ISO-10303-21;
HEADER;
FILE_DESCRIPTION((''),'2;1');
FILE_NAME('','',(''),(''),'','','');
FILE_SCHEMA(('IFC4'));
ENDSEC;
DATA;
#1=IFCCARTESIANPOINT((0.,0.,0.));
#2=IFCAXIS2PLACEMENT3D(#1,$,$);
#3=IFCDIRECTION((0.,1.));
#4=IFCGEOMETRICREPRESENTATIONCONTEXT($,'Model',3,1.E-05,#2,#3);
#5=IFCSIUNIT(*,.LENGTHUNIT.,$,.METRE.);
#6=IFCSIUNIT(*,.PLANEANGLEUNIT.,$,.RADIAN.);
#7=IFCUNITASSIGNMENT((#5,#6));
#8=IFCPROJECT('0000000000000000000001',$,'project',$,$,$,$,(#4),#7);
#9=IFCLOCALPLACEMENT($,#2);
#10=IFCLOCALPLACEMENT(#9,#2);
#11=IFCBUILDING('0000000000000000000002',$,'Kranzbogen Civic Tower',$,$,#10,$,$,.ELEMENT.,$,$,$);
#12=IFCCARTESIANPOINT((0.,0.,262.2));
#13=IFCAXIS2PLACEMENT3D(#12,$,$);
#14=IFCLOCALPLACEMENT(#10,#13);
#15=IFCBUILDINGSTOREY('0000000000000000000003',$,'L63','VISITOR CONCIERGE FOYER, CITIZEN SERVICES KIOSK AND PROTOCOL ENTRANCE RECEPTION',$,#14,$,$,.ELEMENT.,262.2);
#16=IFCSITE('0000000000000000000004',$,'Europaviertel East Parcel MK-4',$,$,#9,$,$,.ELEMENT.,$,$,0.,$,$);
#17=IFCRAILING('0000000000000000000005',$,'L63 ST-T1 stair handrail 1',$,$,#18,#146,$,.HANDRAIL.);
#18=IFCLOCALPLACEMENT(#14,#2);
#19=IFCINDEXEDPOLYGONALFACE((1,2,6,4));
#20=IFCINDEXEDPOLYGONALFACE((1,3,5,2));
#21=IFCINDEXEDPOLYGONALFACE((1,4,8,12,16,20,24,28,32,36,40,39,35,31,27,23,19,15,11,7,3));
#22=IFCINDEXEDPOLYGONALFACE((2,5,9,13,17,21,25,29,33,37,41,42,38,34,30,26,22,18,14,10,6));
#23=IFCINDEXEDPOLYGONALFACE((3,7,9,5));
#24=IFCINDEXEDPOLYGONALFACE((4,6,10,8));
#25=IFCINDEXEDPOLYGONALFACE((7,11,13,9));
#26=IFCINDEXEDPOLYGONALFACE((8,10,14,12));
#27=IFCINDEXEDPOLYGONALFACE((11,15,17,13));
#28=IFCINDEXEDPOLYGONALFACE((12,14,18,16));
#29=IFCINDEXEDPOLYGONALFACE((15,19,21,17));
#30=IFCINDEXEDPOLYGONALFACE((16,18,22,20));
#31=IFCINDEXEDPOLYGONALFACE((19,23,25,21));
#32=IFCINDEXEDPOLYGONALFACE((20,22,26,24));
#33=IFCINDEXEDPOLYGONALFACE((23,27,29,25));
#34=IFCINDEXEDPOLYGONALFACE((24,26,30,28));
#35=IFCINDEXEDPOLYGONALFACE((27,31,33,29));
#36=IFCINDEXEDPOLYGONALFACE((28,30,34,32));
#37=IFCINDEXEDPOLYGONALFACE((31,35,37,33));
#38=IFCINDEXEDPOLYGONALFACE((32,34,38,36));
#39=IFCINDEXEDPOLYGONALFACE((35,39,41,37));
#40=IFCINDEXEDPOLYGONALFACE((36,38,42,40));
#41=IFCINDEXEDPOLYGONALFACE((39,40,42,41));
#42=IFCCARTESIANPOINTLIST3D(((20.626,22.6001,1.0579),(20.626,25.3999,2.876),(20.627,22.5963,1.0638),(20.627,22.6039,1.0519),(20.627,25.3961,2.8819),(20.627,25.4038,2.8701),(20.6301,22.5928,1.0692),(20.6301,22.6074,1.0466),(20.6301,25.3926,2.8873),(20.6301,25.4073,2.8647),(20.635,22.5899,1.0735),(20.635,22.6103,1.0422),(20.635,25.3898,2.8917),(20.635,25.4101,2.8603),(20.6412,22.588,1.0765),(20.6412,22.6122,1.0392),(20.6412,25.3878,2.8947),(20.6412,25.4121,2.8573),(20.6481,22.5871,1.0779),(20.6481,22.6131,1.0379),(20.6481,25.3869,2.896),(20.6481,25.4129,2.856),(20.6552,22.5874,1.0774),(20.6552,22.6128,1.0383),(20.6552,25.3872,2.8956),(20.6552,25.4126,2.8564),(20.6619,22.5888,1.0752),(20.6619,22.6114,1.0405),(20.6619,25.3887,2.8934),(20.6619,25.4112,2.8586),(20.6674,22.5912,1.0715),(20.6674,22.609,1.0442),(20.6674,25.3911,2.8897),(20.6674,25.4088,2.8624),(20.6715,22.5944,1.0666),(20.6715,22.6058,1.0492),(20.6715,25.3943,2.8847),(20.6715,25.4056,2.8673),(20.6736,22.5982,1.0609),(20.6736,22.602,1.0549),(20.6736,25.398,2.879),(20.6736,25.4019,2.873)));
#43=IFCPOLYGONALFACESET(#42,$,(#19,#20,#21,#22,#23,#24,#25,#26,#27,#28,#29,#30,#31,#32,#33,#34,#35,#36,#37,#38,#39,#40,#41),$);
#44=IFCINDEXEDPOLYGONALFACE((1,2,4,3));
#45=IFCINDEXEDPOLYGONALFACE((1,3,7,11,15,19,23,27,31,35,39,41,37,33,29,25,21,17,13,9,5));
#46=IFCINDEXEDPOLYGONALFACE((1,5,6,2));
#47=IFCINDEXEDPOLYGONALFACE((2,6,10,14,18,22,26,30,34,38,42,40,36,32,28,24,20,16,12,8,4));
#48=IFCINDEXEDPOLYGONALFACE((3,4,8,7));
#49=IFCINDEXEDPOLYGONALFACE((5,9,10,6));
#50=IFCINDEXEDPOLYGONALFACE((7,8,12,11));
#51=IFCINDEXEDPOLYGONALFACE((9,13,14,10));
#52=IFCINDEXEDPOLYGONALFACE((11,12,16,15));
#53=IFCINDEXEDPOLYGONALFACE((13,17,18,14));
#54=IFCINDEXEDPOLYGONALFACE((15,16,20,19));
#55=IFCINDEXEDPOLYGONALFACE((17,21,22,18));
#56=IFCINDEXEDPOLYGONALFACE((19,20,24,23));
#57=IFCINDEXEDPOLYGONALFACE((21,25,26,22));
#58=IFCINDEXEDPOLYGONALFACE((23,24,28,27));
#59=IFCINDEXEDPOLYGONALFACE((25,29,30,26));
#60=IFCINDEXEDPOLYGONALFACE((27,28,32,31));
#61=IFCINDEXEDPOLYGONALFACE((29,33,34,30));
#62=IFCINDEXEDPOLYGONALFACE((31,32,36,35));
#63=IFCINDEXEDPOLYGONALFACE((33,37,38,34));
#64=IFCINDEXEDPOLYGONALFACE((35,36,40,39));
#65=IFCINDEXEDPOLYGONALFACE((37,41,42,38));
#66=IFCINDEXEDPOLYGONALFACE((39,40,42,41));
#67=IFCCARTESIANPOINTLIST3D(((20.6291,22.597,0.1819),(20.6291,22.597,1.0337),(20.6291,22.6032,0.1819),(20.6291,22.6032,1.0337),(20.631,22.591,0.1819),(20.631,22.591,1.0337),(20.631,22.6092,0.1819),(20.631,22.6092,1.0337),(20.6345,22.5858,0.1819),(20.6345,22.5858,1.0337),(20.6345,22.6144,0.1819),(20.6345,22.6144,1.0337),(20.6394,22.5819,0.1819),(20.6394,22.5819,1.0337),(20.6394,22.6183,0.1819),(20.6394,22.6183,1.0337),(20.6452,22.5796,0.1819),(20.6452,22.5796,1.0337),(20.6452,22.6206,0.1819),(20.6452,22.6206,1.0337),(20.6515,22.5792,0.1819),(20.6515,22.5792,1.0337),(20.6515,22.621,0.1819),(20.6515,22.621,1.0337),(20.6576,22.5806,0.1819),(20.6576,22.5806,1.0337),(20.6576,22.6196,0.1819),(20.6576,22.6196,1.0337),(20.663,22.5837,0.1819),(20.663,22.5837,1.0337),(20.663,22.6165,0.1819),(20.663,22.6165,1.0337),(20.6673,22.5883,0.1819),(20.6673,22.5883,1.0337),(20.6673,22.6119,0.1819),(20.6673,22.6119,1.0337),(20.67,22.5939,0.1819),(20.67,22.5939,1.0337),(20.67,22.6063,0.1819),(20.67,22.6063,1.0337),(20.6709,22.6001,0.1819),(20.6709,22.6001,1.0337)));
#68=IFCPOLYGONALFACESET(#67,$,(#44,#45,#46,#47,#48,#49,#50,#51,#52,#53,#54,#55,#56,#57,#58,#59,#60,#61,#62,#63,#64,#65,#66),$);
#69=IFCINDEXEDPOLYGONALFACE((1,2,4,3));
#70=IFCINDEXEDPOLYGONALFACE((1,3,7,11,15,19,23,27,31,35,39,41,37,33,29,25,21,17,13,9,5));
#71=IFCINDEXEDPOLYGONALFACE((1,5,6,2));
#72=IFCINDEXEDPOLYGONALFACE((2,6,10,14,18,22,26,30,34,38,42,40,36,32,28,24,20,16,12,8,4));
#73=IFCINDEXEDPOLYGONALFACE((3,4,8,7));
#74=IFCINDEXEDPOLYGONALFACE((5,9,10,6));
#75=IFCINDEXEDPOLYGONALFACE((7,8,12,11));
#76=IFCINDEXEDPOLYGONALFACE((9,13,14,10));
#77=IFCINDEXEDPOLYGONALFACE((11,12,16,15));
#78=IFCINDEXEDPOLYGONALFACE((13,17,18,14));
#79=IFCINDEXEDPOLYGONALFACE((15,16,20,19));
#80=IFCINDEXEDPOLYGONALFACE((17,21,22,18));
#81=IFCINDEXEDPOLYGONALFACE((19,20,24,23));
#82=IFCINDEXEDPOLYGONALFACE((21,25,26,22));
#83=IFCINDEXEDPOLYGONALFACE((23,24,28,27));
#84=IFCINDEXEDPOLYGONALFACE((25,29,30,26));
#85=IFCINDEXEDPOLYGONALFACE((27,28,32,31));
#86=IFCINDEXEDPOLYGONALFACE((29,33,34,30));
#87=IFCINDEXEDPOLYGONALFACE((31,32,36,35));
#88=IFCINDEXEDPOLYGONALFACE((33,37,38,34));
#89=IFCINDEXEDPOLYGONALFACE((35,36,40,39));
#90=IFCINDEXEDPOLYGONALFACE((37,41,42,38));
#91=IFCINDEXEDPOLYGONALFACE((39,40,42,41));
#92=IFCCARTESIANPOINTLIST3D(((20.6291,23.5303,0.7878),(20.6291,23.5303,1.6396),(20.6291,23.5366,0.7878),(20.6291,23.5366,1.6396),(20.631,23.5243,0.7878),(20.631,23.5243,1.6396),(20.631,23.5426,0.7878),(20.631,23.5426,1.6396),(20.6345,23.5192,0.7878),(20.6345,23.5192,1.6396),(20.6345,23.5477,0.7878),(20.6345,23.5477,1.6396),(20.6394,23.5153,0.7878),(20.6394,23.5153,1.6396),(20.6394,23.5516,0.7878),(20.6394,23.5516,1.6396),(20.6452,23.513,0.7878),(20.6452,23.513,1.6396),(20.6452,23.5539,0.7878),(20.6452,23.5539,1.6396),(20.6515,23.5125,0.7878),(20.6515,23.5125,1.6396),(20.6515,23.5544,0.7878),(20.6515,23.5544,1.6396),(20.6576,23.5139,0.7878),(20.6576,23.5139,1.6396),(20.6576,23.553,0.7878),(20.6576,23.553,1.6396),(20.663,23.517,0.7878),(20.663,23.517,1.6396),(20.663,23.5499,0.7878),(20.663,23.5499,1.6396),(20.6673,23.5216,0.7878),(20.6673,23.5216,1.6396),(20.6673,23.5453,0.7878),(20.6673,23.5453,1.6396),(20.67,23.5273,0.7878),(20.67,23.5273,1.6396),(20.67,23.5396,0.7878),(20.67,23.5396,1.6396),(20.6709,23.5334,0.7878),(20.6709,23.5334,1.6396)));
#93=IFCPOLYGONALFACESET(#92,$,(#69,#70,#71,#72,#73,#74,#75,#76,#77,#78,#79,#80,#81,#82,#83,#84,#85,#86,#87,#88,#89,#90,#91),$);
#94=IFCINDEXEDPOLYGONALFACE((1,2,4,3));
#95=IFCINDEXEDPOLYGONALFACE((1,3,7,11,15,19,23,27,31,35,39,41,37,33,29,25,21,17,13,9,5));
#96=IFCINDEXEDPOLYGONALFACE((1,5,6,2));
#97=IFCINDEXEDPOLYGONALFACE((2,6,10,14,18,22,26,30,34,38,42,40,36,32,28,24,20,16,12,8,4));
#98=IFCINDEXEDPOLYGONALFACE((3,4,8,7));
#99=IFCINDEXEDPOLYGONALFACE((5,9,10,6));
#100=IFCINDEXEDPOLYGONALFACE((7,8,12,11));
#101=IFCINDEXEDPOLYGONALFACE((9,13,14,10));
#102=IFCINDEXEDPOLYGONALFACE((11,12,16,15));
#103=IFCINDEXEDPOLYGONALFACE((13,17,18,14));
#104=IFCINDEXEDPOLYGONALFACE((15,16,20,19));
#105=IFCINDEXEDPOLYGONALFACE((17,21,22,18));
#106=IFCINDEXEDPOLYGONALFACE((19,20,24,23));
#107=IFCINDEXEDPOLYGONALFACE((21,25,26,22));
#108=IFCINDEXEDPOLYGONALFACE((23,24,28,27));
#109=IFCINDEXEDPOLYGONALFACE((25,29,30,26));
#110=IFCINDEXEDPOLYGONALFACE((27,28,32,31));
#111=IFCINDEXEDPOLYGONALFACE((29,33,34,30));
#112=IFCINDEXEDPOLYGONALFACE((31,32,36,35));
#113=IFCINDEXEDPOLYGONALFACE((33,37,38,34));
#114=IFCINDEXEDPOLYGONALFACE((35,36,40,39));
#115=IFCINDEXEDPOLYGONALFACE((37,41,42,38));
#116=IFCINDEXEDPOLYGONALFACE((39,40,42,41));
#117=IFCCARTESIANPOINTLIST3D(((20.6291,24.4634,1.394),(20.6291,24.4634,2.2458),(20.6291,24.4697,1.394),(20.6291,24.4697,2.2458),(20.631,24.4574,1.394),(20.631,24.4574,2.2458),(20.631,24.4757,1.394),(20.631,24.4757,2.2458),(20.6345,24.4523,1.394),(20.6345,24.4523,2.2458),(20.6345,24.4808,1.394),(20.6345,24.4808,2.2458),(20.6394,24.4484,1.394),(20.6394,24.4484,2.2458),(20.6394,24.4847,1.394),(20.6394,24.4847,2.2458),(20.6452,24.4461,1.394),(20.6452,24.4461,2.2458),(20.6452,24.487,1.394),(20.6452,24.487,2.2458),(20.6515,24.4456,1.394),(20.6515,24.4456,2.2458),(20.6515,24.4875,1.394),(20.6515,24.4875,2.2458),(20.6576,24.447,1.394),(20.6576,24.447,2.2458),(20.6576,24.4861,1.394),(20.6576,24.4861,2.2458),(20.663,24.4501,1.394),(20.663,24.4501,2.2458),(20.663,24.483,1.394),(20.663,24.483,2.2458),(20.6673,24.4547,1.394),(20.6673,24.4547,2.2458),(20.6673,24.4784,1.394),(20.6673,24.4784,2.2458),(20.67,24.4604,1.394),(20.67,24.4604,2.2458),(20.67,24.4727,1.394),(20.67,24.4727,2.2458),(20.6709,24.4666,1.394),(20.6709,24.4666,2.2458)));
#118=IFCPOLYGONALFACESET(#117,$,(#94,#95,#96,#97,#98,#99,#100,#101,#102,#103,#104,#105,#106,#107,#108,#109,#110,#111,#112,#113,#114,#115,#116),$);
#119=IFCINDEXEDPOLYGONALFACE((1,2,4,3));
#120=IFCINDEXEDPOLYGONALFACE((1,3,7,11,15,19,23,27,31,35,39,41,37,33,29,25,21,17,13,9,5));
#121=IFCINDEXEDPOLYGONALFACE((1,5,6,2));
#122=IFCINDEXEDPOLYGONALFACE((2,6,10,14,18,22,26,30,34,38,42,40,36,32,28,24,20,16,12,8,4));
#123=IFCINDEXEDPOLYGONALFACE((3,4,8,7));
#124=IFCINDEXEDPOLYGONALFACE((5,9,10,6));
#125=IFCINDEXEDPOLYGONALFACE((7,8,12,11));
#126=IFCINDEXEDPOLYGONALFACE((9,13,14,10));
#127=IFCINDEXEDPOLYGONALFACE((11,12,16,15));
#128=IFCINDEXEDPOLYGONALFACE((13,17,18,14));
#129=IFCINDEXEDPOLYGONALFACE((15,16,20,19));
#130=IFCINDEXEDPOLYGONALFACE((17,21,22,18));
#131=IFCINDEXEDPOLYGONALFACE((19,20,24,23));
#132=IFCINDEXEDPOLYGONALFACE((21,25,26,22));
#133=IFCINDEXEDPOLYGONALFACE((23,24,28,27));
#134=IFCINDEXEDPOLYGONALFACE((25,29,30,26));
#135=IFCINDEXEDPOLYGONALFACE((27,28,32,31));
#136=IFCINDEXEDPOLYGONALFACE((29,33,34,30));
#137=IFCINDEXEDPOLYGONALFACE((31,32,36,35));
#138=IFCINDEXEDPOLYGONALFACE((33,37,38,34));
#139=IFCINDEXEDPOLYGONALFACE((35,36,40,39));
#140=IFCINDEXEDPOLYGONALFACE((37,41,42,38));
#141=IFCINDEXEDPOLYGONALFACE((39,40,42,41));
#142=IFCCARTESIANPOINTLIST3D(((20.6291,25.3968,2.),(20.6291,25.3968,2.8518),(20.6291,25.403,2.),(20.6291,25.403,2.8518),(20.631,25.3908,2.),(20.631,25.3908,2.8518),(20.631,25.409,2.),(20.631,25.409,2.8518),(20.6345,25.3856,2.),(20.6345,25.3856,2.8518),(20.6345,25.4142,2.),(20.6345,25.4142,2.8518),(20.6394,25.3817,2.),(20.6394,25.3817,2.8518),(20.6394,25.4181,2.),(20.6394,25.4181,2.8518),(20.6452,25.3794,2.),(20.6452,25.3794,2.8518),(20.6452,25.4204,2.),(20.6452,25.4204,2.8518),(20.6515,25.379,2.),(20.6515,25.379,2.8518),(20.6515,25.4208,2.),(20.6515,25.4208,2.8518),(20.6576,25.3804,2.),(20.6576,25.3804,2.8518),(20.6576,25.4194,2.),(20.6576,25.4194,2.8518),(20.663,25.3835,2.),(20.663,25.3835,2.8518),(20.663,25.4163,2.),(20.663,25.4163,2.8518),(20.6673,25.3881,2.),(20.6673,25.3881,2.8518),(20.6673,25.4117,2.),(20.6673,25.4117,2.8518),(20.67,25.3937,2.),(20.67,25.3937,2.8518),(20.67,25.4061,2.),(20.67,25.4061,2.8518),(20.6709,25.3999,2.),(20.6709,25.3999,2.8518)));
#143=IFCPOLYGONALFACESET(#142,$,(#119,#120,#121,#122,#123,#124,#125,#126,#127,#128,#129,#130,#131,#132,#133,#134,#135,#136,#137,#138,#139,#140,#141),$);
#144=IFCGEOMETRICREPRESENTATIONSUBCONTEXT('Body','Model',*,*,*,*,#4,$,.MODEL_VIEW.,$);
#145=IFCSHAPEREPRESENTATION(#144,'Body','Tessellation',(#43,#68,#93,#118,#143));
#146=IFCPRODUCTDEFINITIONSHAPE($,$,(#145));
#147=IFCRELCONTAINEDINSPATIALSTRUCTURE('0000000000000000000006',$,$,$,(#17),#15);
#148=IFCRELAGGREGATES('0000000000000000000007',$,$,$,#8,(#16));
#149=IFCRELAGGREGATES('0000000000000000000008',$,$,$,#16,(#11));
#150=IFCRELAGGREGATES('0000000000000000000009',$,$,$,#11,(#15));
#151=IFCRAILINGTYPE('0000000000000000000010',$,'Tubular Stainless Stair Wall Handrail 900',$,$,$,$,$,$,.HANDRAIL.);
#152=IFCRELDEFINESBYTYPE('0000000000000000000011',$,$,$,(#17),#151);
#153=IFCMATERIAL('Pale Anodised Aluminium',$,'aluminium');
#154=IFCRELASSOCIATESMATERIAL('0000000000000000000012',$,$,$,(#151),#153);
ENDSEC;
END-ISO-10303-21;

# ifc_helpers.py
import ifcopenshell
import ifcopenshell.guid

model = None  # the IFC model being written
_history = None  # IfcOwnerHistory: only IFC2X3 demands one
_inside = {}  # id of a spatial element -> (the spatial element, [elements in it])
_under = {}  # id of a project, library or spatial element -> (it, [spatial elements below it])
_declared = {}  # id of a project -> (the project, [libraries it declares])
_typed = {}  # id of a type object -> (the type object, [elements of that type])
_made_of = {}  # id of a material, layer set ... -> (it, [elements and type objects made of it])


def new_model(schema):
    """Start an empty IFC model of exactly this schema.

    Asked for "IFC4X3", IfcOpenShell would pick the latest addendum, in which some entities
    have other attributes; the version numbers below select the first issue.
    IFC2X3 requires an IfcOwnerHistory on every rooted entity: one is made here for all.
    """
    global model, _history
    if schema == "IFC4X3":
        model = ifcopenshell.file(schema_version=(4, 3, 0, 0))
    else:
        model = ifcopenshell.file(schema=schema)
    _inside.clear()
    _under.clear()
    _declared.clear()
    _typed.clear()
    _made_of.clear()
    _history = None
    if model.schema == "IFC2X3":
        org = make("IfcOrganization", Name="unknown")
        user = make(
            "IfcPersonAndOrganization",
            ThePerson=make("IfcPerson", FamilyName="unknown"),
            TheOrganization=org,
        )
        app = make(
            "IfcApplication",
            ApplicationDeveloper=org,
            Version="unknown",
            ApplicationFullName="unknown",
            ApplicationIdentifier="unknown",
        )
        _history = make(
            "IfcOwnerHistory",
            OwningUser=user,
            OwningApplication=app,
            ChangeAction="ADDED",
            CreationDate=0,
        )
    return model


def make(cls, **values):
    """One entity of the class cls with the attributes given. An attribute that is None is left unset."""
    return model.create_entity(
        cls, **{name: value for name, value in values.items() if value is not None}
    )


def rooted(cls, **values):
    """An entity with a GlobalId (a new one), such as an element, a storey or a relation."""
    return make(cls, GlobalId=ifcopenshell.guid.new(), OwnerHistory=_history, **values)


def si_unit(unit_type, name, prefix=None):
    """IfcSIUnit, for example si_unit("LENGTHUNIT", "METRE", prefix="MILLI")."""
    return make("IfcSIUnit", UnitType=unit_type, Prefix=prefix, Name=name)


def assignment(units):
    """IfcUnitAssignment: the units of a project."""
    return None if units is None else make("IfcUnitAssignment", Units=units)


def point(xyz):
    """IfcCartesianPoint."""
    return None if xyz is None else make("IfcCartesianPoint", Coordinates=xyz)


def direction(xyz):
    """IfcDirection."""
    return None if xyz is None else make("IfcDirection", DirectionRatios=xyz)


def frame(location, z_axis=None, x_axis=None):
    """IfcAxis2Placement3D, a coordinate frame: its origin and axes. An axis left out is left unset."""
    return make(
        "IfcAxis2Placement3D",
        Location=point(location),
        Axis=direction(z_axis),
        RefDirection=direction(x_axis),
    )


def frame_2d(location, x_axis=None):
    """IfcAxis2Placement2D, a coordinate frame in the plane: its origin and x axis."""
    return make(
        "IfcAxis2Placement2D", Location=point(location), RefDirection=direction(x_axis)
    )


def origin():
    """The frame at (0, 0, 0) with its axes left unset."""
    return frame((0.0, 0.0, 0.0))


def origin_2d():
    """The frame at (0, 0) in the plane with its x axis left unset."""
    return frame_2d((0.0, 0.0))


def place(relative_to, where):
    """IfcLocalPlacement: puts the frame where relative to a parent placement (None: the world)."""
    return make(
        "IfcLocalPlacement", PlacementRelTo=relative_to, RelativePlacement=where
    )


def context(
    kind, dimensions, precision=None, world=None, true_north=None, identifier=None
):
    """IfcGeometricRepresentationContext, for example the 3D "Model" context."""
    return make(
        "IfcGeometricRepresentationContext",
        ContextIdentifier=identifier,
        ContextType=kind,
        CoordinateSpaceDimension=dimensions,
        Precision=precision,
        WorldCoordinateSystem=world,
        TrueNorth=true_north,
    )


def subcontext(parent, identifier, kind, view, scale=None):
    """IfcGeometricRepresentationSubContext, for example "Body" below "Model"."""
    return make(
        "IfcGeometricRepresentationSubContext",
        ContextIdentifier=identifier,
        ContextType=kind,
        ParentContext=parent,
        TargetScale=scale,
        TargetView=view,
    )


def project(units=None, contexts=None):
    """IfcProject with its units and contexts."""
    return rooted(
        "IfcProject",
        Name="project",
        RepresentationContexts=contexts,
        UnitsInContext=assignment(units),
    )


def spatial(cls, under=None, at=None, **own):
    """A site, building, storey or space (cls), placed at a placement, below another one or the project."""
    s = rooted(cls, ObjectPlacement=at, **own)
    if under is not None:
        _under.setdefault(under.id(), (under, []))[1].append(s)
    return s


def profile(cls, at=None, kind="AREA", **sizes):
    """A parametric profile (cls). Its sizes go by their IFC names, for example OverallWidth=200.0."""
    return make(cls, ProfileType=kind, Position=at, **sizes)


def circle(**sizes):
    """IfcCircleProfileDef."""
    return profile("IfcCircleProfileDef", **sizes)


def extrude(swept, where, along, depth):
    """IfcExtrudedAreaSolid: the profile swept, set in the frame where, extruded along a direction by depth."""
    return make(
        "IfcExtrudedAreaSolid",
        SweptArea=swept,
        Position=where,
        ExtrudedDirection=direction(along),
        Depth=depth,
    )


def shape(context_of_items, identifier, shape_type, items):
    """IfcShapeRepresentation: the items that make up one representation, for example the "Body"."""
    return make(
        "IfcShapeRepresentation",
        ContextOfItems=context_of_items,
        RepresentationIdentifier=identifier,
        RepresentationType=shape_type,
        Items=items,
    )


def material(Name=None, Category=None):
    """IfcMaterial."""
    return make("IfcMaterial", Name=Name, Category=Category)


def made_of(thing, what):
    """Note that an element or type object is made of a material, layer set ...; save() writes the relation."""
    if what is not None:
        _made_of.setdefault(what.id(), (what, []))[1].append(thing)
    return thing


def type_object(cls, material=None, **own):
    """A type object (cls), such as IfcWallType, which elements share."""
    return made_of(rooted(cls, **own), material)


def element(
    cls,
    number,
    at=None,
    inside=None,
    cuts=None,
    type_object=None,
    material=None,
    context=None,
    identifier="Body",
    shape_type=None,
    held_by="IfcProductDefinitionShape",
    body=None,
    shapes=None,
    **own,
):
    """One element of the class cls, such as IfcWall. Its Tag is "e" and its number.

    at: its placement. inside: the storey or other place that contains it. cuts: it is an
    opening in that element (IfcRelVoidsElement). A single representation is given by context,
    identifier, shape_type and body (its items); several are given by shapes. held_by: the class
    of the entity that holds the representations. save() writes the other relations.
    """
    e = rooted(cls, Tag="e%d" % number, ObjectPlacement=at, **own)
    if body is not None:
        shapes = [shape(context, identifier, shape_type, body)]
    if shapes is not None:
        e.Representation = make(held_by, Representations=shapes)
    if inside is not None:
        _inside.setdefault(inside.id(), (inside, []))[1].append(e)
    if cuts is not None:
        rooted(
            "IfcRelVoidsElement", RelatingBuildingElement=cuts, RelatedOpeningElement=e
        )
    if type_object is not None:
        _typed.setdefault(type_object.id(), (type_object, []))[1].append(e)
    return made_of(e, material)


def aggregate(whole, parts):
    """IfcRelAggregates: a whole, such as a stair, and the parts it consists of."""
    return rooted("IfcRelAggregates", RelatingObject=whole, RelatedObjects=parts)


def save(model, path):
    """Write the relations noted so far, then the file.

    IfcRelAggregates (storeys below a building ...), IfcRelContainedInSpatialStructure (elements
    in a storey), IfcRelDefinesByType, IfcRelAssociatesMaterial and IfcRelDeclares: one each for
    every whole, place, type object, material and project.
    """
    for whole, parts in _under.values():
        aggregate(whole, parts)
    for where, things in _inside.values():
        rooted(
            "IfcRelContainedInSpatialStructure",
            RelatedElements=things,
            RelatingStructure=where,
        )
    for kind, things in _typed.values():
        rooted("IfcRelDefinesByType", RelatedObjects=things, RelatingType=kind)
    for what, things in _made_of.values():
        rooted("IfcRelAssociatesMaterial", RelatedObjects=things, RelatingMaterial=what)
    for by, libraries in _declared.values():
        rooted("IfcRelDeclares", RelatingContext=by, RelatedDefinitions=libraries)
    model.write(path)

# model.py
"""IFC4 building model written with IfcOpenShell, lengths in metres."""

from ifc_helpers import new_model, si_unit, direction, frame, origin, origin_2d, place, context, subcontext, project, spatial, circle, extrude, material, type_object, element, save


model = new_model("IFC4")

# Units and contexts
model_context = context("Model", 3, precision=1e-05, world=origin(), true_north=direction((0.0, 1.0)))
body_context = subcontext(model_context, "Body", "Model", "MODEL_VIEW")
ifc_project = project(units=[si_unit("LENGTHUNIT", "METRE"), si_unit("PLANEANGLEUNIT", "RADIAN")], contexts=[model_context])

# Site, building, storey
site_placement = place(None, origin())
site = spatial("IfcSite", under=ifc_project, at=site_placement, Name="Europaviertel East Parcel MK-4", CompositionType="ELEMENT", RefElevation=0.0)
building_placement = place(site_placement, origin())
building = spatial("IfcBuilding", under=site, at=building_placement, Name="Kranzbogen Civic Tower", CompositionType="ELEMENT")
storey_placement = place(building_placement, frame((0.0, 0.0, 262.2)))
storey = spatial("IfcBuildingStorey", under=building, at=storey_placement, Name="L63", Description="VISITOR CONCIERGE FOYER, CITIZEN SERVICES KIOSK AND PROTOCOL ENTRANCE RECEPTION", CompositionType="ELEMENT", Elevation=262.2)

# Shared definitions
ifc_material_1 = material(Name="Pale Anodised Aluminium", Category="aluminium")

# Railing
railing_type_1 = type_object("IfcRailingType", Name="Tubular Stainless Stair Wall Handrail 900", PredefinedType="HANDRAIL", material=ifc_material_1)
railing_1_placement = place(storey_placement, frame((20.6499, 22.6001, 0.1819)))
element("IfcRailing", 1, at=railing_1_placement, inside=storey, type_object=railing_type_1, Name="L63 ST-T1 stair handrail 1", PredefinedType="HANDRAIL", context=body_context, shape_type="SweptSolid", body=[
    extrude(circle(Radius=0.0239, at=origin_2d()), frame((0.0, 0.0, 0.876), z_axis=(0.0, 0.838684, 0.544618), x_axis=(-1.0, 0.0, 0.0)), (0.0, 0.0, 1.0), 3.3384),
    extrude(circle(Radius=0.021, at=origin_2d()), origin(), (0.0, 0.0, 1.0), 0.8518),
    extrude(circle(Radius=0.021, at=origin_2d()), frame((0.0, 0.9333, 0.606)), (0.0, 0.0, 1.0), 0.8518),
    extrude(circle(Radius=0.021, at=origin_2d()), frame((0.0, 1.8665, 1.2122)), (0.0, 0.0, 1.0), 0.8518),
    extrude(circle(Radius=0.021, at=origin_2d()), frame((0.0, 2.7998, 1.8181)), (0.0, 0.0, 1.0), 0.8518),
])

save(model, "model.ifc")
